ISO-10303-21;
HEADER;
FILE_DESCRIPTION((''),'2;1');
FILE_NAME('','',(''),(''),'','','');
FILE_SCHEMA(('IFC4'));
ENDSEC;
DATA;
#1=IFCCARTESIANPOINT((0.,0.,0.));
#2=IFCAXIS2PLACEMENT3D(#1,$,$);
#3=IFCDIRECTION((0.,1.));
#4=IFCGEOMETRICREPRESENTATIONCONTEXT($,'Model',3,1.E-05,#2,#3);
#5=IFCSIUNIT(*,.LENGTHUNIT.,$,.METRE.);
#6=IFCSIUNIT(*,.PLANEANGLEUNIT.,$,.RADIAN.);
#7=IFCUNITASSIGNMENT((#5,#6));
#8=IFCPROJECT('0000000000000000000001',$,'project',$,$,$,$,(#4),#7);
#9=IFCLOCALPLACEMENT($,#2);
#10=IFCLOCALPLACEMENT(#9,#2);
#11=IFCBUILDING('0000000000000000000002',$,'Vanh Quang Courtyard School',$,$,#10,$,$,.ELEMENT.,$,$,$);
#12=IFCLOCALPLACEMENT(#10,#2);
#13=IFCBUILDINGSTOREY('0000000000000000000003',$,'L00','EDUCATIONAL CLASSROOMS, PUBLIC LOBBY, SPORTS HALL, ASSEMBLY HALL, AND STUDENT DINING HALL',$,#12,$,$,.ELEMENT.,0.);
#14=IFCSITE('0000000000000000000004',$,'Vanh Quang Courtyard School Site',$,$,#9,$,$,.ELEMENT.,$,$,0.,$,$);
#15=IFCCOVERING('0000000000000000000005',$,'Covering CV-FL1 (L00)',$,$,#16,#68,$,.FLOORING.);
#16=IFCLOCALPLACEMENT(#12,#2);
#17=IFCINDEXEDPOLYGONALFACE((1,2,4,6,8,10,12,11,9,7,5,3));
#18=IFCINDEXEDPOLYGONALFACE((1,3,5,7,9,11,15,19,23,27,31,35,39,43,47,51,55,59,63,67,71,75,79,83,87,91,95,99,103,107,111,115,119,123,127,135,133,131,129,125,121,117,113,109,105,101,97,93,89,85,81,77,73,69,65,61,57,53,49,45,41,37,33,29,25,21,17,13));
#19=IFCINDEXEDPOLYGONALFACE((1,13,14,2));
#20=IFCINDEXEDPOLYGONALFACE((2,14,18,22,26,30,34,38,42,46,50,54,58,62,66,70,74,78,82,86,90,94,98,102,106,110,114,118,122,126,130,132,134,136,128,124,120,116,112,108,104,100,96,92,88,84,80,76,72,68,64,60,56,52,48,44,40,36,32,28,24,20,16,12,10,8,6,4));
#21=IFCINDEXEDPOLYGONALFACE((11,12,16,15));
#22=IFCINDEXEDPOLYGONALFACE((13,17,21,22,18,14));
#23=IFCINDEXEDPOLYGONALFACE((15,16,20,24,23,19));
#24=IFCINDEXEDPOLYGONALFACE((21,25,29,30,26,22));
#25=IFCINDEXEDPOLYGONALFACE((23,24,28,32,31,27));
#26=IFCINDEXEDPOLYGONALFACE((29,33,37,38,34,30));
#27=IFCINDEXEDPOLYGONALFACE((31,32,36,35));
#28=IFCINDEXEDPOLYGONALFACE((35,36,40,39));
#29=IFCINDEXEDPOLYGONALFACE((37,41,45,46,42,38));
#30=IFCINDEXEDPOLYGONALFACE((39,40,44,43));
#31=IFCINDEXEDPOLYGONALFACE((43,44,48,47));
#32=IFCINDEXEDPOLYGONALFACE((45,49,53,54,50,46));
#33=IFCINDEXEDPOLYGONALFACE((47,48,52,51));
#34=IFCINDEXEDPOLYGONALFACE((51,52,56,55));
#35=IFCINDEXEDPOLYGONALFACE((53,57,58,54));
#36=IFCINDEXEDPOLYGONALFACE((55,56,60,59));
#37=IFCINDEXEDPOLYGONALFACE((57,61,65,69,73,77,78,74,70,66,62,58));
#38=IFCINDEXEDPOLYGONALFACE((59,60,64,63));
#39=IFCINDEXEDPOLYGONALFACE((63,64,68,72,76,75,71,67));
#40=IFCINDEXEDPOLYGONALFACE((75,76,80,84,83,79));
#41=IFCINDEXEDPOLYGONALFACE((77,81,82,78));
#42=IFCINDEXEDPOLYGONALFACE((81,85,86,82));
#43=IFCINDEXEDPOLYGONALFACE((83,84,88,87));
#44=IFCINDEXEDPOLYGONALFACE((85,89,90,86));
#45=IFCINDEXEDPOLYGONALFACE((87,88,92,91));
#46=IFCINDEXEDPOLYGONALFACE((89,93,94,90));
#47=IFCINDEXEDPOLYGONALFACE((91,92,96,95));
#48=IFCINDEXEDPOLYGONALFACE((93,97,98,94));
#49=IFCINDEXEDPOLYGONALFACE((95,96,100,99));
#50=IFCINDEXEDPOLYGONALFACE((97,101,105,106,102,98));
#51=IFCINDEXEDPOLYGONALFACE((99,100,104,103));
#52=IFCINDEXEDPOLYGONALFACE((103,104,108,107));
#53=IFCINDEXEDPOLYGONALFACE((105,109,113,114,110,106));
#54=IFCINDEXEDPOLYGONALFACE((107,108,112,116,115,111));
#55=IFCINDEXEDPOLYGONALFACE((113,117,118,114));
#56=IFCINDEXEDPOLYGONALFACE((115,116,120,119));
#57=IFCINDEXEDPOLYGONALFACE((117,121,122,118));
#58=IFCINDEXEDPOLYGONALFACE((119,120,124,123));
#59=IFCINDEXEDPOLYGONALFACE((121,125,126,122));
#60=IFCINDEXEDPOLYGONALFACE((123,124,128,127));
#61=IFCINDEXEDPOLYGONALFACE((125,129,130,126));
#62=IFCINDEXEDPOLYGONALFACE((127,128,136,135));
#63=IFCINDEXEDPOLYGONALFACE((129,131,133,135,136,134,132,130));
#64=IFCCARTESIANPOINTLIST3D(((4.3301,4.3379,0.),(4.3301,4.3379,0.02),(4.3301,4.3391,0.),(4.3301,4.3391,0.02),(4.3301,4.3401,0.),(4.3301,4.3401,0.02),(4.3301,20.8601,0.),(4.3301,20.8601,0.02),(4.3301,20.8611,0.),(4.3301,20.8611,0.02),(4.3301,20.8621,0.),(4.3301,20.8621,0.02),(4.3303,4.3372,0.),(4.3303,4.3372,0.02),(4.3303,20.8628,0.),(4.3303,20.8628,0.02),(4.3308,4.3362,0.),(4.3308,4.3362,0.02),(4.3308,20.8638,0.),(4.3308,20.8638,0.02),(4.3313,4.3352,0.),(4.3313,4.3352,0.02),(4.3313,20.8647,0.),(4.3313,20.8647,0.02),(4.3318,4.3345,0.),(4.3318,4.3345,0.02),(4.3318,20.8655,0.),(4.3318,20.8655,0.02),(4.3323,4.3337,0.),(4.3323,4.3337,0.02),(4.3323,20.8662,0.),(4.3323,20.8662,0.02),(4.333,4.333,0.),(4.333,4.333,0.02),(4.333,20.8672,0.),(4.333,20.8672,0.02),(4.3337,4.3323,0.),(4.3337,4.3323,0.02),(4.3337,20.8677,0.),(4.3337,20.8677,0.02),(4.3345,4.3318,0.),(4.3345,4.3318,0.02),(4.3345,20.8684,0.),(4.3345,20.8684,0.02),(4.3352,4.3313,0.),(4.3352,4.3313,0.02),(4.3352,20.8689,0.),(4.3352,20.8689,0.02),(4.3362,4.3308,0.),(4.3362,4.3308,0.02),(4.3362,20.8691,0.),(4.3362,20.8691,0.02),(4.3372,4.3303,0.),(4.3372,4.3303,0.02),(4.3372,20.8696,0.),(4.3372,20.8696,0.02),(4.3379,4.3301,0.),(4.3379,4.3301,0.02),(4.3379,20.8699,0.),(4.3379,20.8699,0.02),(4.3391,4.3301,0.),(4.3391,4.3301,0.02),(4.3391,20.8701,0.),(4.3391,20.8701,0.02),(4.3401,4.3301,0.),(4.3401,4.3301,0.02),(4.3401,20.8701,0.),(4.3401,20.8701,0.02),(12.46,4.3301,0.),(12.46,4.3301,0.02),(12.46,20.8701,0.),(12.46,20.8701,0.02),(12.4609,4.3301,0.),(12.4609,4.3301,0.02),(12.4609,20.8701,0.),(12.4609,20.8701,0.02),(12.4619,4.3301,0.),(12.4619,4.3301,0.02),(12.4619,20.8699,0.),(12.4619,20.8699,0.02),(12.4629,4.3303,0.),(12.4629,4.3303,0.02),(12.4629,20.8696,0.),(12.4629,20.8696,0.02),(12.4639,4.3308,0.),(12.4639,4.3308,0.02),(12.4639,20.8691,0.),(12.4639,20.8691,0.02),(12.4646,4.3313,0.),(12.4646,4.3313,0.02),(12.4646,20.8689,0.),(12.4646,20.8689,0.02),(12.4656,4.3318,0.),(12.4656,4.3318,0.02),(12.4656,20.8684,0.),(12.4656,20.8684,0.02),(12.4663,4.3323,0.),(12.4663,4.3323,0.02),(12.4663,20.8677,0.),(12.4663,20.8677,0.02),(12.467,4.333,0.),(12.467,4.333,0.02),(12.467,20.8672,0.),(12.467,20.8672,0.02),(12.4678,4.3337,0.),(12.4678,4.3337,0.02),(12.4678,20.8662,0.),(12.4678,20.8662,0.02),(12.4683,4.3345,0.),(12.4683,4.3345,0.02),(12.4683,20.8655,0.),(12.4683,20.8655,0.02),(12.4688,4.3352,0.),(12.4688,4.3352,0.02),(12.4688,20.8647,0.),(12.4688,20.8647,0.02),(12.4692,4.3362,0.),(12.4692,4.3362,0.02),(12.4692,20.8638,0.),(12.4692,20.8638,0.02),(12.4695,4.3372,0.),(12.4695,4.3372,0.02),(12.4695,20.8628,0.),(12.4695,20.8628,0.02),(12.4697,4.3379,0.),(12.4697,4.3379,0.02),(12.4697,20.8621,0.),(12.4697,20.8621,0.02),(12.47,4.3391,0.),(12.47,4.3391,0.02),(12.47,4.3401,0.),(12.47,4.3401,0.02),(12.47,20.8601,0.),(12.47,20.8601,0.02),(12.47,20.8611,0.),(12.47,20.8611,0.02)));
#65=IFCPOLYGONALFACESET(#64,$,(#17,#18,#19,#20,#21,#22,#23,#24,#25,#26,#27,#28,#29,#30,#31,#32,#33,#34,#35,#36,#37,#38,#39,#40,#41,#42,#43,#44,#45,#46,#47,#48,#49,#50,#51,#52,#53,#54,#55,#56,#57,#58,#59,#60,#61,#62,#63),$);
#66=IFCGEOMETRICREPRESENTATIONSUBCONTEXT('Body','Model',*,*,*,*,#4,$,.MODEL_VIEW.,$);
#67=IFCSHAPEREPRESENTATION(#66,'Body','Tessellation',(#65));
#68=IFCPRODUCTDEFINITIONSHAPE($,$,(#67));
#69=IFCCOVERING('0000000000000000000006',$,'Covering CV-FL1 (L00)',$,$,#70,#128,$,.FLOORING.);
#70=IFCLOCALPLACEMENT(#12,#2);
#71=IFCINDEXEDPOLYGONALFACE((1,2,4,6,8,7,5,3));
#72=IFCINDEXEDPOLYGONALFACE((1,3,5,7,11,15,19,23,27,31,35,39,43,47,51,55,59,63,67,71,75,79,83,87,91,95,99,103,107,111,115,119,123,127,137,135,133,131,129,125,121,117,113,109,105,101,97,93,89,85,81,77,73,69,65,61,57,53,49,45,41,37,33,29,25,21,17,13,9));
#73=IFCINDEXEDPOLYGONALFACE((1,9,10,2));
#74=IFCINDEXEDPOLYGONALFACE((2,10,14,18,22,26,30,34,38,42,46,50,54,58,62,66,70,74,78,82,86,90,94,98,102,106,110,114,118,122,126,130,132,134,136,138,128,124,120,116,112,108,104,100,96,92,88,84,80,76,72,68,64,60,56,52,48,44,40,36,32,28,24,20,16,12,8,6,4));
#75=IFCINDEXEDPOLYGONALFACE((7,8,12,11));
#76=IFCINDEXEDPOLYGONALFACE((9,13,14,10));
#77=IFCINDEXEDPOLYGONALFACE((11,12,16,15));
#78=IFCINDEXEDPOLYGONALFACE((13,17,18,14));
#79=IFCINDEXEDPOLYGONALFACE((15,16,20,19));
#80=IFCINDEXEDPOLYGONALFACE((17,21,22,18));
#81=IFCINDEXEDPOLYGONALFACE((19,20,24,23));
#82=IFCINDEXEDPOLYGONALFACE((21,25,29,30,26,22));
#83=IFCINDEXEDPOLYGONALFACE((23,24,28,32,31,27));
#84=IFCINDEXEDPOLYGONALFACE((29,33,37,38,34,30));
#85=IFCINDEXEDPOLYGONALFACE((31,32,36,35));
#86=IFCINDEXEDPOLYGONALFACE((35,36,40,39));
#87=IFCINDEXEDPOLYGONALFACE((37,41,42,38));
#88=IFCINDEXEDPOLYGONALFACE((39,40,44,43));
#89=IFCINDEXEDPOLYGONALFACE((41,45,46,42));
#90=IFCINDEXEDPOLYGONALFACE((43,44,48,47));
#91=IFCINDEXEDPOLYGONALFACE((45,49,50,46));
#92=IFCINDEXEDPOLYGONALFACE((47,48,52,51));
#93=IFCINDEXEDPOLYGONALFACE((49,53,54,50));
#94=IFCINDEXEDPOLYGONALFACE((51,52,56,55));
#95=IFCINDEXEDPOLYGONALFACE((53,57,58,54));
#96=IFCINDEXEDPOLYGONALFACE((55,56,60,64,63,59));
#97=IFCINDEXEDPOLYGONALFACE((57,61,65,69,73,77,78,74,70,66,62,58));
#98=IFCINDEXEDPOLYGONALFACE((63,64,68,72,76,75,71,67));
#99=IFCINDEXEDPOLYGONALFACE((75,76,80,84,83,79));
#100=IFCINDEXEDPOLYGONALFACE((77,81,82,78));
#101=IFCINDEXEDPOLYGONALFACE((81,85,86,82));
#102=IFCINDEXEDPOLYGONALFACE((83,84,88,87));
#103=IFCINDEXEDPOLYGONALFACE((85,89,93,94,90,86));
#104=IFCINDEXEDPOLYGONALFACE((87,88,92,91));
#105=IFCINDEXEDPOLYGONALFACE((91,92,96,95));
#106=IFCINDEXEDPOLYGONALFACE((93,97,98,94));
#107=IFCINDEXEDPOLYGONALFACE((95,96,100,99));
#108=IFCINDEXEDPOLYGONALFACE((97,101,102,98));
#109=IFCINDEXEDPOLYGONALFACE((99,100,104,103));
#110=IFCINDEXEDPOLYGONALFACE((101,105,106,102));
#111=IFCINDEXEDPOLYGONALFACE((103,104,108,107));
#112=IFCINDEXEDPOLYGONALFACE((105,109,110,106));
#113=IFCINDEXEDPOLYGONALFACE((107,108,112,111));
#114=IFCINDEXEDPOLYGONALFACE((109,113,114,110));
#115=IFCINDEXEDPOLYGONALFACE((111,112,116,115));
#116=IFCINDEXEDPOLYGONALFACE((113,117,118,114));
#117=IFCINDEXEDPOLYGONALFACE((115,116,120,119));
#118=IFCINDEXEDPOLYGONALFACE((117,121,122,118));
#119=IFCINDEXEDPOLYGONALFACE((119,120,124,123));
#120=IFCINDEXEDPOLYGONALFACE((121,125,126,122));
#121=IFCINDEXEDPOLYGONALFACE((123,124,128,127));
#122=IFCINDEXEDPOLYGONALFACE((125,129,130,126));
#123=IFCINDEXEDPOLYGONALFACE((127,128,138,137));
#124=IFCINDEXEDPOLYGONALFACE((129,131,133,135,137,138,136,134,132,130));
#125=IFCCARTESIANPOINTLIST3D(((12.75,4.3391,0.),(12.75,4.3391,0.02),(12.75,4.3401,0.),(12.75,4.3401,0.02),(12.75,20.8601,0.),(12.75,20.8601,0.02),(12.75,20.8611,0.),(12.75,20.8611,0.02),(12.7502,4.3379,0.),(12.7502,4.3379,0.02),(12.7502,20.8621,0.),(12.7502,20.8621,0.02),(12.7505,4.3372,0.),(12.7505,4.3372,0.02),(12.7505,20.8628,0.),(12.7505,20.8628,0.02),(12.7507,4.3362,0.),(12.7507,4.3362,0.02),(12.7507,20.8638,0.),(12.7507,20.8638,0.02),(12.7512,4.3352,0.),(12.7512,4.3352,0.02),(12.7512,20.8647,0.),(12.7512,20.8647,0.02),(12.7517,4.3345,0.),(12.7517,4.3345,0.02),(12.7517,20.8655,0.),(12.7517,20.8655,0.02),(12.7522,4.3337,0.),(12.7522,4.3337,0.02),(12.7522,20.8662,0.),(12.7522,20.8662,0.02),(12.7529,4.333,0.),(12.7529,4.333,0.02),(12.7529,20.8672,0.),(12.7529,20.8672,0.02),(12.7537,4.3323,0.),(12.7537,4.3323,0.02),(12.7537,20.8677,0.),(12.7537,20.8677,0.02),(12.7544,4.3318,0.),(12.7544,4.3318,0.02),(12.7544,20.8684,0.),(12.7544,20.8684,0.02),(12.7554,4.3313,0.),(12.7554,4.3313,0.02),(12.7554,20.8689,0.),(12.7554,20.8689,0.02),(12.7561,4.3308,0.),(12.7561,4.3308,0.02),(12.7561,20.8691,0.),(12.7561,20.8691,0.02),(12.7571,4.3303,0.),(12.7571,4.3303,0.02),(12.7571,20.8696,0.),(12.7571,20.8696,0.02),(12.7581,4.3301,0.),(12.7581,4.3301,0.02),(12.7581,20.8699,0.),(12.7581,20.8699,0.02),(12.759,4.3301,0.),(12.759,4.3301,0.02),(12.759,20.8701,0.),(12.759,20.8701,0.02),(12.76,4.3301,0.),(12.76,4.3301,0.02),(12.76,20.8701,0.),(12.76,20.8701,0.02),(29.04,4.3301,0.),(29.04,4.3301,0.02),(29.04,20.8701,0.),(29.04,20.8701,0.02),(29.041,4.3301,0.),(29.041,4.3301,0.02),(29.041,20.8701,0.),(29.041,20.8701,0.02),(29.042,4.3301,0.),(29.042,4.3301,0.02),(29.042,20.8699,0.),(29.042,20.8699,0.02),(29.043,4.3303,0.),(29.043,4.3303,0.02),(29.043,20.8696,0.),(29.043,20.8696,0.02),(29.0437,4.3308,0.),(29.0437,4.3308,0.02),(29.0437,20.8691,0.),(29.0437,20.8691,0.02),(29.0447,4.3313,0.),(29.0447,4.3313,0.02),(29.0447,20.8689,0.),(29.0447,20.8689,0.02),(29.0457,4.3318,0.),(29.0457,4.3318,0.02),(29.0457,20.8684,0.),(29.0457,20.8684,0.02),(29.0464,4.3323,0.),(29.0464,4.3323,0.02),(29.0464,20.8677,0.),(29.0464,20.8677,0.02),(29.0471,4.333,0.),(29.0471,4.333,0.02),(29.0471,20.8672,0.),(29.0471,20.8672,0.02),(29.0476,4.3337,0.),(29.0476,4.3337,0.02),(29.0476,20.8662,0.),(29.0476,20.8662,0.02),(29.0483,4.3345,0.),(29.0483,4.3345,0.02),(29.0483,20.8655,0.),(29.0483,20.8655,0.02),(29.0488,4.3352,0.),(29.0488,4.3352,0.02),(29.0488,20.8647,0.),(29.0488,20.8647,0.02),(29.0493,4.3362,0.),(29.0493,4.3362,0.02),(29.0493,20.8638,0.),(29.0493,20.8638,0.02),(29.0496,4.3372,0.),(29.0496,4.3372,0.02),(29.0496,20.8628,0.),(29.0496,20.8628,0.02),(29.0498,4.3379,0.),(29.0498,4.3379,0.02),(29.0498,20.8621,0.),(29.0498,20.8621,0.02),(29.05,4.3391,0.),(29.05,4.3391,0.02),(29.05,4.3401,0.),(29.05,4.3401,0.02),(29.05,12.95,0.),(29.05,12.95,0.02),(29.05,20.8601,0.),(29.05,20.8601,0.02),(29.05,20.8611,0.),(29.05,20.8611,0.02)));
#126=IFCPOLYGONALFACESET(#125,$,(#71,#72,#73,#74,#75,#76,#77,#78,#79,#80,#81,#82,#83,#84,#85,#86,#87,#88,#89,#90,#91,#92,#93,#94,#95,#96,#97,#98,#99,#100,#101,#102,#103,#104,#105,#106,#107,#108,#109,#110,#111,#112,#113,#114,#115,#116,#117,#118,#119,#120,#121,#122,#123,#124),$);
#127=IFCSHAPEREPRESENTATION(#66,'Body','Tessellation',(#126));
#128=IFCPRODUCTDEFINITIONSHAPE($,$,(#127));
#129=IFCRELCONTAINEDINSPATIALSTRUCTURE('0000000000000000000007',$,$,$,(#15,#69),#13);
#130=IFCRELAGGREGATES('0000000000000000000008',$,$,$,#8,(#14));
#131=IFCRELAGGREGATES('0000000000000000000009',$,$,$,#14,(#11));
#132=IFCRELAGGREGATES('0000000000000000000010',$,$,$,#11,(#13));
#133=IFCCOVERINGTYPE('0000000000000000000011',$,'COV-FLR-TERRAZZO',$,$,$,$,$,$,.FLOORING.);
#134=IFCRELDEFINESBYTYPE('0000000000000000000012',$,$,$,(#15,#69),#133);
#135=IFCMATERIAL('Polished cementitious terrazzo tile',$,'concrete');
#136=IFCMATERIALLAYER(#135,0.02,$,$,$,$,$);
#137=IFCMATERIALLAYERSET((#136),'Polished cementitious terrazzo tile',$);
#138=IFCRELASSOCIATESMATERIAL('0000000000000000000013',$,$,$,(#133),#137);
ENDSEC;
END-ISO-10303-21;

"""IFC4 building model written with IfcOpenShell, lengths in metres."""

from ifc_helpers import new_model, si_unit, direction, origin, place, context, subcontext, project, spatial, polyline, outline, extrude, material, layer, layer_set, type_object, element, save


model = new_model("IFC4")

# Units and contexts
model_context = context("Model", 3, precision=1e-05, world=origin(), true_north=direction((0.0, 1.0)))
body_context = subcontext(model_context, "Body", "Model", "MODEL_VIEW")
ifc_project = project(units=[si_unit("LENGTHUNIT", "METRE"), si_unit("PLANEANGLEUNIT", "RADIAN")], contexts=[model_context])

# Site, building, storey
site_placement = place(None, origin())
site = spatial("IfcSite", under=ifc_project, at=site_placement, Name="Vanh Quang Courtyard School Site", CompositionType="ELEMENT", RefElevation=0.0)
building_placement = place(site_placement, origin())
building = spatial("IfcBuilding", under=site, at=building_placement, Name="Vanh Quang Courtyard School", CompositionType="ELEMENT")
storey_placement = place(building_placement, origin())
storey = spatial("IfcBuildingStorey", under=building, at=storey_placement, Name="L00", Description="EDUCATIONAL CLASSROOMS, PUBLIC LOBBY, SPORTS HALL, ASSEMBLY HALL, AND STUDENT DINING HALL", CompositionType="ELEMENT", Elevation=0.0)

# Coverings
ifc_material_1 = material(Name="Polished cementitious terrazzo tile", Category="concrete")
ifc_layer_1 = layer(ifc_material_1, 0.02)
ifc_layer_set_1 = layer_set([ifc_layer_1], Name="Polished cementitious terrazzo tile")
covering_type = type_object("IfcCoveringType", Name="COV-FLR-TERRAZZO", PredefinedType="FLOORING", material=ifc_layer_set_1)
covering_1_placement = place(storey_placement, origin())
element("IfcCovering", 1, at=covering_1_placement, inside=storey, type_object=covering_type, Name="Covering CV-FL1 (L00)", PredefinedType="FLOORING", context=body_context, shape_type="SweptSolid", body=[
    extrude(outline(polyline([(4.3301, 20.8601), (4.3301, 20.8611), (4.3301, 20.8621), (4.3303, 20.8628), (4.3308, 20.8638), (4.3313, 20.8647), (4.3318, 20.8655), (4.3323, 20.8662), (4.333, 20.8672), (4.3337, 20.8677), (4.3345, 20.8684), (4.3352, 20.8689), (4.3362, 20.8691), (4.3372, 20.8696), (4.3379, 20.8699), (4.3391, 20.8701), (4.3401, 20.8701), (12.46, 20.8701), (12.4609, 20.8701), (12.4619, 20.8699), (12.4629, 20.8696), (12.4639, 20.8691), (12.4646, 20.8689), (12.4656, 20.8684), (12.4663, 20.8677), (12.467, 20.8672), (12.4678, 20.8662), (12.4683, 20.8655), (12.4688, 20.8647), (12.4692, 20.8638), (12.4695, 20.8628), (12.4697, 20.8621), (12.47, 20.8611), (12.47, 20.8601), (12.47, 4.3401), (12.47, 4.3391), (12.4697, 4.3379), (12.4695, 4.3372), (12.4692, 4.3362), (12.4688, 4.3352), (12.4683, 4.3345), (12.4678, 4.3337), (12.467, 4.333), (12.4663, 4.3323), (12.4656, 4.3318), (12.4646, 4.3313), (12.4639, 4.3308), (12.4629, 4.3303), (12.4619, 4.3301), (12.4609, 4.3301), (12.46, 4.3301), (4.3401, 4.3301), (4.3391, 4.3301), (4.3379, 4.3301), (4.3372, 4.3303), (4.3362, 4.3308), (4.3352, 4.3313), (4.3345, 4.3318), (4.3337, 4.3323), (4.333, 4.333), (4.3323, 4.3337), (4.3318, 4.3345), (4.3313, 4.3352), (4.3308, 4.3362), (4.3303, 4.3372), (4.3301, 4.3379), (4.3301, 4.3391), (4.3301, 4.3401), (4.3301, 20.8601)])), origin(), (0.0, 0.0, 1.0), 0.02),
])
covering_2_placement = place(storey_placement, origin())
element("IfcCovering", 2, at=covering_2_placement, inside=storey, type_object=covering_type, Name="Covering CV-FL1 (L00)", PredefinedType="FLOORING", context=body_context, shape_type="SweptSolid", body=[
    extrude(outline(polyline([(12.76, 4.3301), (12.759, 4.3301), (12.7581, 4.3301), (12.7571, 4.3303), (12.7561, 4.3308), (12.7554, 4.3313), (12.7544, 4.3318), (12.7537, 4.3323), (12.7529, 4.333), (12.7522, 4.3337), (12.7517, 4.3345), (12.7512, 4.3352), (12.7507, 4.3362), (12.7505, 4.3372), (12.7502, 4.3379), (12.75, 4.3391), (12.75, 4.3401), (12.75, 20.8601), (12.75, 20.8611), (12.7502, 20.8621), (12.7505, 20.8628), (12.7507, 20.8638), (12.7512, 20.8647), (12.7517, 20.8655), (12.7522, 20.8662), (12.7529, 20.8672), (12.7537, 20.8677), (12.7544, 20.8684), (12.7554, 20.8689), (12.7561, 20.8691), (12.7571, 20.8696), (12.7581, 20.8699), (12.759, 20.8701), (12.76, 20.8701), (29.04, 20.8701), (29.041, 20.8701), (29.042, 20.8699), (29.043, 20.8696), (29.0437, 20.8691), (29.0447, 20.8689), (29.0457, 20.8684), (29.0464, 20.8677), (29.0471, 20.8672), (29.0476, 20.8662), (29.0483, 20.8655), (29.0488, 20.8647), (29.0493, 20.8638), (29.0496, 20.8628), (29.0498, 20.8621), (29.05, 20.8611), (29.05, 20.8601), (29.05, 12.95), (29.05, 12.95), (29.05, 4.3401), (29.05, 4.3391), (29.0498, 4.3379), (29.0496, 4.3372), (29.0493, 4.3362), (29.0488, 4.3352), (29.0483, 4.3345), (29.0476, 4.3337), (29.0471, 4.333), (29.0464, 4.3323), (29.0457, 4.3318), (29.0447, 4.3313), (29.0437, 4.3308), (29.043, 4.3303), (29.042, 4.3301), (29.041, 4.3301), (29.04, 4.3301), (12.76, 4.3301)])), origin(), (0.0, 0.0, 1.0), 0.02),
])

save(model, "model.ifc")
